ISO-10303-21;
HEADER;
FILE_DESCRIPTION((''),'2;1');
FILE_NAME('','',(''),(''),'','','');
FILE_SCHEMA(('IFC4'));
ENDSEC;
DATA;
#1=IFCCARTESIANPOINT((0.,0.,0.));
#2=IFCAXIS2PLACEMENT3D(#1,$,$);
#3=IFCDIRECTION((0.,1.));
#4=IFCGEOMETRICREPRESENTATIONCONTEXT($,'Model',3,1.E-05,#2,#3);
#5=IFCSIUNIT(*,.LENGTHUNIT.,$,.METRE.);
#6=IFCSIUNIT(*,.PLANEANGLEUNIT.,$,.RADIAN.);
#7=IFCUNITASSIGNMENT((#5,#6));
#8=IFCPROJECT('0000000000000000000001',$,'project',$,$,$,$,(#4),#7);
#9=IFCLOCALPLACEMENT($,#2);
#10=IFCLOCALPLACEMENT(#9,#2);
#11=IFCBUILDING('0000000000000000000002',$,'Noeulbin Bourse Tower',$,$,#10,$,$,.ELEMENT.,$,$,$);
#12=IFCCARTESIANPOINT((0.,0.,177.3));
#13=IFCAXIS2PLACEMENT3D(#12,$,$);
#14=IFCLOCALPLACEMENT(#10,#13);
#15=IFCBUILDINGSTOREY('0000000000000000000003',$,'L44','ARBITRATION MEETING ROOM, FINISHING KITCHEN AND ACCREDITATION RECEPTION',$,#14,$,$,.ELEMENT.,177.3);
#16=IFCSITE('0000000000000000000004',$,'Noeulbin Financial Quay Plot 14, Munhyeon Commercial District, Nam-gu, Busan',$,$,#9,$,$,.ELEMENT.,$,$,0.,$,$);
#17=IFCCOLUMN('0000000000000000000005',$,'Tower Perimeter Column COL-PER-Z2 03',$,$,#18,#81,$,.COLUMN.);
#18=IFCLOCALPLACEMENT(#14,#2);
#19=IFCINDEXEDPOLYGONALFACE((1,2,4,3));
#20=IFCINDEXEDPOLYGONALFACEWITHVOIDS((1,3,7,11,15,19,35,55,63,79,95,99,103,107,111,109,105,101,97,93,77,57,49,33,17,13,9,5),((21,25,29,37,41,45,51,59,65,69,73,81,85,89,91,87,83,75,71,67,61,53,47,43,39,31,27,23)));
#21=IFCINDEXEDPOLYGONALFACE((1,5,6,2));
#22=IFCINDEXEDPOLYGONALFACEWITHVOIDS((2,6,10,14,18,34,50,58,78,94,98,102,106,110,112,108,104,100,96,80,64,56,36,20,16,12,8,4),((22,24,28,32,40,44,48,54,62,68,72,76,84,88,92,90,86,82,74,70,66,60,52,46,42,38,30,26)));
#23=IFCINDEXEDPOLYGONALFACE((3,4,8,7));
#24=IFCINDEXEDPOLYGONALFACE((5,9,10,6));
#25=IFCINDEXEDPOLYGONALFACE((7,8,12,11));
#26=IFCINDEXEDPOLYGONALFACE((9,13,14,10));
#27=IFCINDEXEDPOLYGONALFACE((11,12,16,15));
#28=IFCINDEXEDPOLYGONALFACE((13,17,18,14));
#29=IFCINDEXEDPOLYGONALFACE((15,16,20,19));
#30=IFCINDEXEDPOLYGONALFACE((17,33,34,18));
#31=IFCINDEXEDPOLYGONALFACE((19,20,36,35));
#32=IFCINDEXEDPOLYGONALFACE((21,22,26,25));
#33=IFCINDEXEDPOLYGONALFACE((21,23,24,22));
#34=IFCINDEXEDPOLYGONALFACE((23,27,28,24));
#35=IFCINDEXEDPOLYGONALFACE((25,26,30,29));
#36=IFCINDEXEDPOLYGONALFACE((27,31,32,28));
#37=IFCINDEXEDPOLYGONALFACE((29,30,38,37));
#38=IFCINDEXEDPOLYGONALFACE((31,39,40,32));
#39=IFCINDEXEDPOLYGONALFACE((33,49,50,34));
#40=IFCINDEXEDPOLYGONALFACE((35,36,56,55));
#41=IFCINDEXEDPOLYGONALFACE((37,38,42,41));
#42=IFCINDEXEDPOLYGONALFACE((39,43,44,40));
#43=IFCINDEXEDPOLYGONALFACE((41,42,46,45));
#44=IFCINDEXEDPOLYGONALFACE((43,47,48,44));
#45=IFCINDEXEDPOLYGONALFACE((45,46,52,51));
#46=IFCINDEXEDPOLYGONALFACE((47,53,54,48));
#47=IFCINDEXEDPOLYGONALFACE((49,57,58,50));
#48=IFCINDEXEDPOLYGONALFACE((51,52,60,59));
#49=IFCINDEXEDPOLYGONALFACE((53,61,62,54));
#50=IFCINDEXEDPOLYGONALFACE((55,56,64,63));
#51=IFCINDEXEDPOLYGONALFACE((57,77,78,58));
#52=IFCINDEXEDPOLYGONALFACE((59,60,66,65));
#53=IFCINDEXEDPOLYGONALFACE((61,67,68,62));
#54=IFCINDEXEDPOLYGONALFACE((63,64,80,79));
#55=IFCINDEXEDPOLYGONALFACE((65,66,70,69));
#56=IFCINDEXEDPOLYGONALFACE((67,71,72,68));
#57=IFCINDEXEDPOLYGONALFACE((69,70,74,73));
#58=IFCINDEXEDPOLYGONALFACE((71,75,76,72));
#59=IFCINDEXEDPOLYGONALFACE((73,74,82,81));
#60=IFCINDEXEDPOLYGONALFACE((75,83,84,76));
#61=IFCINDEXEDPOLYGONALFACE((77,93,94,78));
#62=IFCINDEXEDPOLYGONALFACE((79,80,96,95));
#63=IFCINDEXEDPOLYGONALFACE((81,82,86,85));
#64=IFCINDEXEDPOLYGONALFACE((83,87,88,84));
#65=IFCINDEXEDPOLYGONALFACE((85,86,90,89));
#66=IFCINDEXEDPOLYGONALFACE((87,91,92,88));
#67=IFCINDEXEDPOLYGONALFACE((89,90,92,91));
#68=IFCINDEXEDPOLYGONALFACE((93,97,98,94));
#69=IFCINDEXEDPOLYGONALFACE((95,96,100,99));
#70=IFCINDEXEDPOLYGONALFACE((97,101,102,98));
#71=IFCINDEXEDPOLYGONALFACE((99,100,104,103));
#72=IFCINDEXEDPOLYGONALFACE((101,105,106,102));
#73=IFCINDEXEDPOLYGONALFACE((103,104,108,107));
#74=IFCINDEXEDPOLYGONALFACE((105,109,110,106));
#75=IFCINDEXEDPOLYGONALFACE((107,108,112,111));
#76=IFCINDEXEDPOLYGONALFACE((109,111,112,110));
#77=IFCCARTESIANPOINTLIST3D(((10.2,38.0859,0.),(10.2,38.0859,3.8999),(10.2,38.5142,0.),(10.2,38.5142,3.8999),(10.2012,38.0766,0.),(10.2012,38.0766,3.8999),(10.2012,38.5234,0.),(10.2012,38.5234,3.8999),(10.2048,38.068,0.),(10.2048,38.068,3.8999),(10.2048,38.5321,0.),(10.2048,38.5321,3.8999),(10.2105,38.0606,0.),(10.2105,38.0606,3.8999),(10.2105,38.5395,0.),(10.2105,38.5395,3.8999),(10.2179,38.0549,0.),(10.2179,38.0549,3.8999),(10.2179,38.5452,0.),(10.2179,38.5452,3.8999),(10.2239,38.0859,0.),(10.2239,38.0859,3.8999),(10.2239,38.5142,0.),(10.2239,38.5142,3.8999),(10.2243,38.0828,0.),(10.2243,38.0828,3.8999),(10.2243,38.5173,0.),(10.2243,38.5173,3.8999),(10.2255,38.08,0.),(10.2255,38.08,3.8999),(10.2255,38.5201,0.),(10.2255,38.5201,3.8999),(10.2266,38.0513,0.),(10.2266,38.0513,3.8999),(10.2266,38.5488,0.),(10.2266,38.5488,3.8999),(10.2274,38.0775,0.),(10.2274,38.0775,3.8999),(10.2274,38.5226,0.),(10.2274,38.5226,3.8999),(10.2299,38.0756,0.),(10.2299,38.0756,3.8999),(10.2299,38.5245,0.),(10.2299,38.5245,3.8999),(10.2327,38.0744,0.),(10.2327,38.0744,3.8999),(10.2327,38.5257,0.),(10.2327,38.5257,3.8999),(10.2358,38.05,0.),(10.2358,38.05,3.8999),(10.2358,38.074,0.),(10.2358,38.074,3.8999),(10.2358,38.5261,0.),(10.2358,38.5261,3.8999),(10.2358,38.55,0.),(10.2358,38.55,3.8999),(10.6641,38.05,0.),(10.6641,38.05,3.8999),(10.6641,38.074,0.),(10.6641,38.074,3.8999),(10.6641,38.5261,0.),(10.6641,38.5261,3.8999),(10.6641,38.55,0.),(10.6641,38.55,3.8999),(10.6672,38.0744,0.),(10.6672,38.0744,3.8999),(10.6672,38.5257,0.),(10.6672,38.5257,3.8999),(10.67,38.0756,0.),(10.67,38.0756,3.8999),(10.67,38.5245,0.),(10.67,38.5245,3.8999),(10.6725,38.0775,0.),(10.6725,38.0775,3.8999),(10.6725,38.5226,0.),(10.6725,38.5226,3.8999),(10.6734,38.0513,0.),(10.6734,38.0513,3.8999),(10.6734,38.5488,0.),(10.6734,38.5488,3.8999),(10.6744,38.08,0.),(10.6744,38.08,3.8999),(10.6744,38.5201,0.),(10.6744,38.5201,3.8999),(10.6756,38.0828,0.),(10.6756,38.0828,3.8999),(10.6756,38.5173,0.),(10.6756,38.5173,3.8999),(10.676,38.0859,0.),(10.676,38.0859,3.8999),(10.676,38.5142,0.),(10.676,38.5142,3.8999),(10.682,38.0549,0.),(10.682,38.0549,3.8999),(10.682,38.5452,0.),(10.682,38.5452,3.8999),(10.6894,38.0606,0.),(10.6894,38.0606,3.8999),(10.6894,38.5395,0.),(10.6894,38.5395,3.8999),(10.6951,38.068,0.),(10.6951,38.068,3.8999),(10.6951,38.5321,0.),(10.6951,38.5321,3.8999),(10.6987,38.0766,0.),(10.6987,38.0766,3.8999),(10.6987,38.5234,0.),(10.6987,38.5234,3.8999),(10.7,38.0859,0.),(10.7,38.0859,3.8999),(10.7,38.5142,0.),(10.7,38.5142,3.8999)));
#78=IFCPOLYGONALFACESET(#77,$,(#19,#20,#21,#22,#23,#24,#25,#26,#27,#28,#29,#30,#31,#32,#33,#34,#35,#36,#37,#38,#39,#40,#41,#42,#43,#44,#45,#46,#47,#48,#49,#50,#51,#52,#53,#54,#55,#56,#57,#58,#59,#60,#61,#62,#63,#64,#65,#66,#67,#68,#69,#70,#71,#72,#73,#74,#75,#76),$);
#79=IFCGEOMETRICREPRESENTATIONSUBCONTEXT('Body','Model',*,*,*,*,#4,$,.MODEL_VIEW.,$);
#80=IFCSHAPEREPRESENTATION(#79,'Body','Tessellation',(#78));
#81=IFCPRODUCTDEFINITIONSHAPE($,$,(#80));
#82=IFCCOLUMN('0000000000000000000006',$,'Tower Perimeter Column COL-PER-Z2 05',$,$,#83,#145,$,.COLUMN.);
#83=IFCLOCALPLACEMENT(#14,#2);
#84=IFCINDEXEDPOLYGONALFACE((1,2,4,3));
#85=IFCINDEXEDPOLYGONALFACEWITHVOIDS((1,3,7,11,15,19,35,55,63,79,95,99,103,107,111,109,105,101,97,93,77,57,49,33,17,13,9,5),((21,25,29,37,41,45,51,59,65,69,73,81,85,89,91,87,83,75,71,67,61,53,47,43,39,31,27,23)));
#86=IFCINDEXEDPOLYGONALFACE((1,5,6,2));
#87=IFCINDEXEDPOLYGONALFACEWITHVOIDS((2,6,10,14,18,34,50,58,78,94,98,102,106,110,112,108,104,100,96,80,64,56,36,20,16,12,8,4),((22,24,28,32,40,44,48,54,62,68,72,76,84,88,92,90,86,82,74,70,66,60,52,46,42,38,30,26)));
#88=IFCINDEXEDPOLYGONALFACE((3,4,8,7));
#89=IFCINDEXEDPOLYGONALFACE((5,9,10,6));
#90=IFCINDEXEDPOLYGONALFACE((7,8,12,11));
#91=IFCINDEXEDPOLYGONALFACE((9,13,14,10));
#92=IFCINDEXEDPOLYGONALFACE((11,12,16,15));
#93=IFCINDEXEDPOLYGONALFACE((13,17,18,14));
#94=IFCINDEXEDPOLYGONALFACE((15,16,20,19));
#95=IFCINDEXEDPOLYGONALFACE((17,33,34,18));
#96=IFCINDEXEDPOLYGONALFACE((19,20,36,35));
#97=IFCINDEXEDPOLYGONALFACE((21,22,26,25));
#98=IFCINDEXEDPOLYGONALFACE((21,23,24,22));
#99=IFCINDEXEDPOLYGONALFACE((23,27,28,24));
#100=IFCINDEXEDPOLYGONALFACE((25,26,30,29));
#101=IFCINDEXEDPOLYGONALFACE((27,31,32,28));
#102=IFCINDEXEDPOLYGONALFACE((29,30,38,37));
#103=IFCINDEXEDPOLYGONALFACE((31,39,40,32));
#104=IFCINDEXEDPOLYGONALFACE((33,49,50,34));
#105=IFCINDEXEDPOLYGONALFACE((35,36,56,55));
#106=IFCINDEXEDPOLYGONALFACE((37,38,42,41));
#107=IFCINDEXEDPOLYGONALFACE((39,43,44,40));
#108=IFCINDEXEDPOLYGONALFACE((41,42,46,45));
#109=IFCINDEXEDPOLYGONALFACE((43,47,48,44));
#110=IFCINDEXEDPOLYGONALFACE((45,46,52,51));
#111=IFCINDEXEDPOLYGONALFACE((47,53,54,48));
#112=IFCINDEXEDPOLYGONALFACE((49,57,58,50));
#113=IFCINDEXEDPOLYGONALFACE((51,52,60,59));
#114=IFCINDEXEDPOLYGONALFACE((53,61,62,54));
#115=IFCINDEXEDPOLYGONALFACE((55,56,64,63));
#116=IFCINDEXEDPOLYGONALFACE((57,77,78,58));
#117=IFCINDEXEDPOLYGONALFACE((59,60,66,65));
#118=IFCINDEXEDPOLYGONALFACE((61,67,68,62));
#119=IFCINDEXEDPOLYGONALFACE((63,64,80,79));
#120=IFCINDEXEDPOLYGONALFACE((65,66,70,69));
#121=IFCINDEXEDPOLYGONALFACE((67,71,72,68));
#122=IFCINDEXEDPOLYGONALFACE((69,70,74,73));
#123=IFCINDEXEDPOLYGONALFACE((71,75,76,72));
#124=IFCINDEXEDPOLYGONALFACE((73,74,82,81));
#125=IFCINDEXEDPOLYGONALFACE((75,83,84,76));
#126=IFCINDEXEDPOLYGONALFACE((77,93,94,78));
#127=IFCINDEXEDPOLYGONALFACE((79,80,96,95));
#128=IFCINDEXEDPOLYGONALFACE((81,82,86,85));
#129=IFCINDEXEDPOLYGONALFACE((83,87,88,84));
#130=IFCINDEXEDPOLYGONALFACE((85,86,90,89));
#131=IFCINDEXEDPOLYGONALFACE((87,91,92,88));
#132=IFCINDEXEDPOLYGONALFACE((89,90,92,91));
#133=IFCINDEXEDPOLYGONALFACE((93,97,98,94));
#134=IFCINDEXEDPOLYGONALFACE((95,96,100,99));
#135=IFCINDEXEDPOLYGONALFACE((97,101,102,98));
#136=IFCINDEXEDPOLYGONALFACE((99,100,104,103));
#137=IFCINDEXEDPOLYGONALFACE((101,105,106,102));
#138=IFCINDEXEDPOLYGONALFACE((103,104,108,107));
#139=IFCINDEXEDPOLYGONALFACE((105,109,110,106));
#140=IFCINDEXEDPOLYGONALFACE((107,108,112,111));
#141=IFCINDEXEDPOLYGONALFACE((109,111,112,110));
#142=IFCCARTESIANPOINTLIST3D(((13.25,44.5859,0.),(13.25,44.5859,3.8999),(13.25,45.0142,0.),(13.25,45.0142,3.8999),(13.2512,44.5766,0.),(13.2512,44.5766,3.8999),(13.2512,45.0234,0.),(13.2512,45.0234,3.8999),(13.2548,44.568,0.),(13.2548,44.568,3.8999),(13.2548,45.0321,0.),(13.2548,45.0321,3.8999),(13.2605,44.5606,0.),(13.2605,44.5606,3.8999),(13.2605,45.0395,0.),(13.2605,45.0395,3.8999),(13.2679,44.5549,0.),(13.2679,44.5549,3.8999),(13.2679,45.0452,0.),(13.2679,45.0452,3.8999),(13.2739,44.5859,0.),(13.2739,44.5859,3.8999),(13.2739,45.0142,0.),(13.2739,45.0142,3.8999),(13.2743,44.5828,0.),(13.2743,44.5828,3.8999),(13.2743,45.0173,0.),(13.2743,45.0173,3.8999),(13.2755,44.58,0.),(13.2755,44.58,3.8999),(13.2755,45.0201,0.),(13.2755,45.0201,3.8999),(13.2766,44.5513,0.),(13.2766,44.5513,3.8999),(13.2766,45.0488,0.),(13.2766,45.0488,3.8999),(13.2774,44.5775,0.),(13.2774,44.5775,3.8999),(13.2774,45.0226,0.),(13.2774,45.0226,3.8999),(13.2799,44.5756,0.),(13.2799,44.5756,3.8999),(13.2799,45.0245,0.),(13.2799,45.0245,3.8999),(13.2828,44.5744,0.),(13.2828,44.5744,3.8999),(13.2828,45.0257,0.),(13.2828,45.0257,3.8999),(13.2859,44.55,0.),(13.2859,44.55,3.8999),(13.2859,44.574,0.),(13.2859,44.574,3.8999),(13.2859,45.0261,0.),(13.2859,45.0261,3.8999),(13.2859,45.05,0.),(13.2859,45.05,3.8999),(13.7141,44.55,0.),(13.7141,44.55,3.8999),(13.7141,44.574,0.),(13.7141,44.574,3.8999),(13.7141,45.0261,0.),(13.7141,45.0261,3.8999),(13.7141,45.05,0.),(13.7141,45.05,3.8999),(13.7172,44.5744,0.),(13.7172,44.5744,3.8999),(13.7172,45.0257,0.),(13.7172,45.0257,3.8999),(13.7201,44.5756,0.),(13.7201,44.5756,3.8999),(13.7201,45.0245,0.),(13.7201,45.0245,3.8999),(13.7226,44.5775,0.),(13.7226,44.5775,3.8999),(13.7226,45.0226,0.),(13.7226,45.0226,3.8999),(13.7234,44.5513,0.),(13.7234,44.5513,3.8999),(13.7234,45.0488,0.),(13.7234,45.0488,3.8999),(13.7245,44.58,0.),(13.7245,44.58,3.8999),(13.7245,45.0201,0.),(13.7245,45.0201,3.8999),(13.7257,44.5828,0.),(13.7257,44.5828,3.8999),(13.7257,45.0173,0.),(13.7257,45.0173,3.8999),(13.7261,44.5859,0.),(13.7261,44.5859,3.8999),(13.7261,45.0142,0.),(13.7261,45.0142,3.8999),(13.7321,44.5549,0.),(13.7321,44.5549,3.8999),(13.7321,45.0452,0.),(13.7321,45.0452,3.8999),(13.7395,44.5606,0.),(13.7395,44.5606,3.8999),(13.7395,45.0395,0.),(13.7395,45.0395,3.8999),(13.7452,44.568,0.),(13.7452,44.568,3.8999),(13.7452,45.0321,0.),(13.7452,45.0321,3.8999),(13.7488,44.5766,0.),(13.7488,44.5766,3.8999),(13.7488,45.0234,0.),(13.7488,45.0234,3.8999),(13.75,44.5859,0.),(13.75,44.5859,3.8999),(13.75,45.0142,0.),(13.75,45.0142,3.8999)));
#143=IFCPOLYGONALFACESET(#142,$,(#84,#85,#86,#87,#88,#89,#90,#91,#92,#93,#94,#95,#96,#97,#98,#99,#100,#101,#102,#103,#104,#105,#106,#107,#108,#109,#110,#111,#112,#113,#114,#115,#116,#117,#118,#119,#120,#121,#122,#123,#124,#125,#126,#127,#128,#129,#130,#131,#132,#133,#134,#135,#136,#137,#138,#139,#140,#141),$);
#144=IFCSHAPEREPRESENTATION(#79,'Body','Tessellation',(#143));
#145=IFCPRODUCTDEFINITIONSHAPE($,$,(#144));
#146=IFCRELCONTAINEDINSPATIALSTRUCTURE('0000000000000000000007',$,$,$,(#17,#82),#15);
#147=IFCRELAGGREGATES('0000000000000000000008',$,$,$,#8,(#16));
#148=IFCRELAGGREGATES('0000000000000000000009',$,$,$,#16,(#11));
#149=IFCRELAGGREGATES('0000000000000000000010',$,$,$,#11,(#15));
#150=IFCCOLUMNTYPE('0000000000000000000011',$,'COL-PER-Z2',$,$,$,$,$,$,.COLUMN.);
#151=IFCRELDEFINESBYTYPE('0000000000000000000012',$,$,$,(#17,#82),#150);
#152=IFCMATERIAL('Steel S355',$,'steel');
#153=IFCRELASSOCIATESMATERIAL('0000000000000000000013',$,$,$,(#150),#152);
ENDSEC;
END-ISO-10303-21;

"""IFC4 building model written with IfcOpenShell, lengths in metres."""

from ifc_helpers import new_model, si_unit, direction, frame, origin, origin_2d, place, context, subcontext, project, spatial, hollow_rectangle, extrude, material, material_profile, profile_set, type_object, element, save


model = new_model("IFC4")

# Units and contexts
model_context = context("Model", 3, precision=1e-05, world=origin(), true_north=direction((0.0, 1.0)))
body_context = subcontext(model_context, "Body", "Model", "MODEL_VIEW")
ifc_project = project(units=[si_unit("LENGTHUNIT", "METRE"), si_unit("PLANEANGLEUNIT", "RADIAN")], contexts=[model_context])

# Site, building, storey
site_placement = place(None, origin())
site = spatial("IfcSite", under=ifc_project, at=site_placement, Name="Noeulbin Financial Quay Plot 14, Munhyeon Commercial District, Nam-gu, Busan", CompositionType="ELEMENT", RefElevation=0.0)
building_placement = place(site_placement, origin())
building = spatial("IfcBuilding", under=site, at=building_placement, Name="Noeulbin Bourse Tower", CompositionType="ELEMENT")
storey_placement = place(building_placement, frame((0.0, 0.0, 177.3)))
storey = spatial("IfcBuildingStorey", under=building, at=storey_placement, Name="L44", Description="ARBITRATION MEETING ROOM, FINISHING KITCHEN AND ACCREDITATION RECEPTION", CompositionType="ELEMENT", Elevation=177.3)

# Columns
ifc_material_1 = material(Name="Steel S355", Category="steel")
ifc_material_profile_1 = material_profile(ifc_material_1, hollow_rectangle(XDim=0.5, YDim=0.5, WallThickness=0.0239, InnerFilletRadius=0.012, OuterFilletRadius=0.0359, at=origin_2d()), Name="BOX-500x500x24", Category="LoadBearing")
ifc_profile_set_1 = profile_set([ifc_material_profile_1], Name="Steel S355")
column_type_1 = type_object("IfcColumnType", Name="COL-PER-Z2", PredefinedType="COLUMN", material=ifc_profile_set_1)
for number, where, z_axis, x_axis, name in (
    (1, (10.45, 38.3, 0.0), (0.0, 0.0, 1.0), (1.0, 0.0, 0.0), "Tower Perimeter Column COL-PER-Z2 03"),
    (2, (13.5, 44.8, 0.0), (0.0, 0.0, 1.0), (1.0, 0.0, 0.0), "Tower Perimeter Column COL-PER-Z2 05"),
):
    element("IfcColumn", number, at=place(storey_placement, frame(where, z_axis=z_axis, x_axis=x_axis)), inside=storey, type_object=column_type_1, Name=name, PredefinedType="COLUMN", context=body_context, shape_type="SweptSolid", body=[
        extrude(hollow_rectangle(XDim=0.5, YDim=0.5, WallThickness=0.0239, InnerFilletRadius=0.012, OuterFilletRadius=0.0359, at=origin_2d()), origin(), (0.0, 0.0, 1.0), 3.8999),
    ])

save(model, "model.ifc")
